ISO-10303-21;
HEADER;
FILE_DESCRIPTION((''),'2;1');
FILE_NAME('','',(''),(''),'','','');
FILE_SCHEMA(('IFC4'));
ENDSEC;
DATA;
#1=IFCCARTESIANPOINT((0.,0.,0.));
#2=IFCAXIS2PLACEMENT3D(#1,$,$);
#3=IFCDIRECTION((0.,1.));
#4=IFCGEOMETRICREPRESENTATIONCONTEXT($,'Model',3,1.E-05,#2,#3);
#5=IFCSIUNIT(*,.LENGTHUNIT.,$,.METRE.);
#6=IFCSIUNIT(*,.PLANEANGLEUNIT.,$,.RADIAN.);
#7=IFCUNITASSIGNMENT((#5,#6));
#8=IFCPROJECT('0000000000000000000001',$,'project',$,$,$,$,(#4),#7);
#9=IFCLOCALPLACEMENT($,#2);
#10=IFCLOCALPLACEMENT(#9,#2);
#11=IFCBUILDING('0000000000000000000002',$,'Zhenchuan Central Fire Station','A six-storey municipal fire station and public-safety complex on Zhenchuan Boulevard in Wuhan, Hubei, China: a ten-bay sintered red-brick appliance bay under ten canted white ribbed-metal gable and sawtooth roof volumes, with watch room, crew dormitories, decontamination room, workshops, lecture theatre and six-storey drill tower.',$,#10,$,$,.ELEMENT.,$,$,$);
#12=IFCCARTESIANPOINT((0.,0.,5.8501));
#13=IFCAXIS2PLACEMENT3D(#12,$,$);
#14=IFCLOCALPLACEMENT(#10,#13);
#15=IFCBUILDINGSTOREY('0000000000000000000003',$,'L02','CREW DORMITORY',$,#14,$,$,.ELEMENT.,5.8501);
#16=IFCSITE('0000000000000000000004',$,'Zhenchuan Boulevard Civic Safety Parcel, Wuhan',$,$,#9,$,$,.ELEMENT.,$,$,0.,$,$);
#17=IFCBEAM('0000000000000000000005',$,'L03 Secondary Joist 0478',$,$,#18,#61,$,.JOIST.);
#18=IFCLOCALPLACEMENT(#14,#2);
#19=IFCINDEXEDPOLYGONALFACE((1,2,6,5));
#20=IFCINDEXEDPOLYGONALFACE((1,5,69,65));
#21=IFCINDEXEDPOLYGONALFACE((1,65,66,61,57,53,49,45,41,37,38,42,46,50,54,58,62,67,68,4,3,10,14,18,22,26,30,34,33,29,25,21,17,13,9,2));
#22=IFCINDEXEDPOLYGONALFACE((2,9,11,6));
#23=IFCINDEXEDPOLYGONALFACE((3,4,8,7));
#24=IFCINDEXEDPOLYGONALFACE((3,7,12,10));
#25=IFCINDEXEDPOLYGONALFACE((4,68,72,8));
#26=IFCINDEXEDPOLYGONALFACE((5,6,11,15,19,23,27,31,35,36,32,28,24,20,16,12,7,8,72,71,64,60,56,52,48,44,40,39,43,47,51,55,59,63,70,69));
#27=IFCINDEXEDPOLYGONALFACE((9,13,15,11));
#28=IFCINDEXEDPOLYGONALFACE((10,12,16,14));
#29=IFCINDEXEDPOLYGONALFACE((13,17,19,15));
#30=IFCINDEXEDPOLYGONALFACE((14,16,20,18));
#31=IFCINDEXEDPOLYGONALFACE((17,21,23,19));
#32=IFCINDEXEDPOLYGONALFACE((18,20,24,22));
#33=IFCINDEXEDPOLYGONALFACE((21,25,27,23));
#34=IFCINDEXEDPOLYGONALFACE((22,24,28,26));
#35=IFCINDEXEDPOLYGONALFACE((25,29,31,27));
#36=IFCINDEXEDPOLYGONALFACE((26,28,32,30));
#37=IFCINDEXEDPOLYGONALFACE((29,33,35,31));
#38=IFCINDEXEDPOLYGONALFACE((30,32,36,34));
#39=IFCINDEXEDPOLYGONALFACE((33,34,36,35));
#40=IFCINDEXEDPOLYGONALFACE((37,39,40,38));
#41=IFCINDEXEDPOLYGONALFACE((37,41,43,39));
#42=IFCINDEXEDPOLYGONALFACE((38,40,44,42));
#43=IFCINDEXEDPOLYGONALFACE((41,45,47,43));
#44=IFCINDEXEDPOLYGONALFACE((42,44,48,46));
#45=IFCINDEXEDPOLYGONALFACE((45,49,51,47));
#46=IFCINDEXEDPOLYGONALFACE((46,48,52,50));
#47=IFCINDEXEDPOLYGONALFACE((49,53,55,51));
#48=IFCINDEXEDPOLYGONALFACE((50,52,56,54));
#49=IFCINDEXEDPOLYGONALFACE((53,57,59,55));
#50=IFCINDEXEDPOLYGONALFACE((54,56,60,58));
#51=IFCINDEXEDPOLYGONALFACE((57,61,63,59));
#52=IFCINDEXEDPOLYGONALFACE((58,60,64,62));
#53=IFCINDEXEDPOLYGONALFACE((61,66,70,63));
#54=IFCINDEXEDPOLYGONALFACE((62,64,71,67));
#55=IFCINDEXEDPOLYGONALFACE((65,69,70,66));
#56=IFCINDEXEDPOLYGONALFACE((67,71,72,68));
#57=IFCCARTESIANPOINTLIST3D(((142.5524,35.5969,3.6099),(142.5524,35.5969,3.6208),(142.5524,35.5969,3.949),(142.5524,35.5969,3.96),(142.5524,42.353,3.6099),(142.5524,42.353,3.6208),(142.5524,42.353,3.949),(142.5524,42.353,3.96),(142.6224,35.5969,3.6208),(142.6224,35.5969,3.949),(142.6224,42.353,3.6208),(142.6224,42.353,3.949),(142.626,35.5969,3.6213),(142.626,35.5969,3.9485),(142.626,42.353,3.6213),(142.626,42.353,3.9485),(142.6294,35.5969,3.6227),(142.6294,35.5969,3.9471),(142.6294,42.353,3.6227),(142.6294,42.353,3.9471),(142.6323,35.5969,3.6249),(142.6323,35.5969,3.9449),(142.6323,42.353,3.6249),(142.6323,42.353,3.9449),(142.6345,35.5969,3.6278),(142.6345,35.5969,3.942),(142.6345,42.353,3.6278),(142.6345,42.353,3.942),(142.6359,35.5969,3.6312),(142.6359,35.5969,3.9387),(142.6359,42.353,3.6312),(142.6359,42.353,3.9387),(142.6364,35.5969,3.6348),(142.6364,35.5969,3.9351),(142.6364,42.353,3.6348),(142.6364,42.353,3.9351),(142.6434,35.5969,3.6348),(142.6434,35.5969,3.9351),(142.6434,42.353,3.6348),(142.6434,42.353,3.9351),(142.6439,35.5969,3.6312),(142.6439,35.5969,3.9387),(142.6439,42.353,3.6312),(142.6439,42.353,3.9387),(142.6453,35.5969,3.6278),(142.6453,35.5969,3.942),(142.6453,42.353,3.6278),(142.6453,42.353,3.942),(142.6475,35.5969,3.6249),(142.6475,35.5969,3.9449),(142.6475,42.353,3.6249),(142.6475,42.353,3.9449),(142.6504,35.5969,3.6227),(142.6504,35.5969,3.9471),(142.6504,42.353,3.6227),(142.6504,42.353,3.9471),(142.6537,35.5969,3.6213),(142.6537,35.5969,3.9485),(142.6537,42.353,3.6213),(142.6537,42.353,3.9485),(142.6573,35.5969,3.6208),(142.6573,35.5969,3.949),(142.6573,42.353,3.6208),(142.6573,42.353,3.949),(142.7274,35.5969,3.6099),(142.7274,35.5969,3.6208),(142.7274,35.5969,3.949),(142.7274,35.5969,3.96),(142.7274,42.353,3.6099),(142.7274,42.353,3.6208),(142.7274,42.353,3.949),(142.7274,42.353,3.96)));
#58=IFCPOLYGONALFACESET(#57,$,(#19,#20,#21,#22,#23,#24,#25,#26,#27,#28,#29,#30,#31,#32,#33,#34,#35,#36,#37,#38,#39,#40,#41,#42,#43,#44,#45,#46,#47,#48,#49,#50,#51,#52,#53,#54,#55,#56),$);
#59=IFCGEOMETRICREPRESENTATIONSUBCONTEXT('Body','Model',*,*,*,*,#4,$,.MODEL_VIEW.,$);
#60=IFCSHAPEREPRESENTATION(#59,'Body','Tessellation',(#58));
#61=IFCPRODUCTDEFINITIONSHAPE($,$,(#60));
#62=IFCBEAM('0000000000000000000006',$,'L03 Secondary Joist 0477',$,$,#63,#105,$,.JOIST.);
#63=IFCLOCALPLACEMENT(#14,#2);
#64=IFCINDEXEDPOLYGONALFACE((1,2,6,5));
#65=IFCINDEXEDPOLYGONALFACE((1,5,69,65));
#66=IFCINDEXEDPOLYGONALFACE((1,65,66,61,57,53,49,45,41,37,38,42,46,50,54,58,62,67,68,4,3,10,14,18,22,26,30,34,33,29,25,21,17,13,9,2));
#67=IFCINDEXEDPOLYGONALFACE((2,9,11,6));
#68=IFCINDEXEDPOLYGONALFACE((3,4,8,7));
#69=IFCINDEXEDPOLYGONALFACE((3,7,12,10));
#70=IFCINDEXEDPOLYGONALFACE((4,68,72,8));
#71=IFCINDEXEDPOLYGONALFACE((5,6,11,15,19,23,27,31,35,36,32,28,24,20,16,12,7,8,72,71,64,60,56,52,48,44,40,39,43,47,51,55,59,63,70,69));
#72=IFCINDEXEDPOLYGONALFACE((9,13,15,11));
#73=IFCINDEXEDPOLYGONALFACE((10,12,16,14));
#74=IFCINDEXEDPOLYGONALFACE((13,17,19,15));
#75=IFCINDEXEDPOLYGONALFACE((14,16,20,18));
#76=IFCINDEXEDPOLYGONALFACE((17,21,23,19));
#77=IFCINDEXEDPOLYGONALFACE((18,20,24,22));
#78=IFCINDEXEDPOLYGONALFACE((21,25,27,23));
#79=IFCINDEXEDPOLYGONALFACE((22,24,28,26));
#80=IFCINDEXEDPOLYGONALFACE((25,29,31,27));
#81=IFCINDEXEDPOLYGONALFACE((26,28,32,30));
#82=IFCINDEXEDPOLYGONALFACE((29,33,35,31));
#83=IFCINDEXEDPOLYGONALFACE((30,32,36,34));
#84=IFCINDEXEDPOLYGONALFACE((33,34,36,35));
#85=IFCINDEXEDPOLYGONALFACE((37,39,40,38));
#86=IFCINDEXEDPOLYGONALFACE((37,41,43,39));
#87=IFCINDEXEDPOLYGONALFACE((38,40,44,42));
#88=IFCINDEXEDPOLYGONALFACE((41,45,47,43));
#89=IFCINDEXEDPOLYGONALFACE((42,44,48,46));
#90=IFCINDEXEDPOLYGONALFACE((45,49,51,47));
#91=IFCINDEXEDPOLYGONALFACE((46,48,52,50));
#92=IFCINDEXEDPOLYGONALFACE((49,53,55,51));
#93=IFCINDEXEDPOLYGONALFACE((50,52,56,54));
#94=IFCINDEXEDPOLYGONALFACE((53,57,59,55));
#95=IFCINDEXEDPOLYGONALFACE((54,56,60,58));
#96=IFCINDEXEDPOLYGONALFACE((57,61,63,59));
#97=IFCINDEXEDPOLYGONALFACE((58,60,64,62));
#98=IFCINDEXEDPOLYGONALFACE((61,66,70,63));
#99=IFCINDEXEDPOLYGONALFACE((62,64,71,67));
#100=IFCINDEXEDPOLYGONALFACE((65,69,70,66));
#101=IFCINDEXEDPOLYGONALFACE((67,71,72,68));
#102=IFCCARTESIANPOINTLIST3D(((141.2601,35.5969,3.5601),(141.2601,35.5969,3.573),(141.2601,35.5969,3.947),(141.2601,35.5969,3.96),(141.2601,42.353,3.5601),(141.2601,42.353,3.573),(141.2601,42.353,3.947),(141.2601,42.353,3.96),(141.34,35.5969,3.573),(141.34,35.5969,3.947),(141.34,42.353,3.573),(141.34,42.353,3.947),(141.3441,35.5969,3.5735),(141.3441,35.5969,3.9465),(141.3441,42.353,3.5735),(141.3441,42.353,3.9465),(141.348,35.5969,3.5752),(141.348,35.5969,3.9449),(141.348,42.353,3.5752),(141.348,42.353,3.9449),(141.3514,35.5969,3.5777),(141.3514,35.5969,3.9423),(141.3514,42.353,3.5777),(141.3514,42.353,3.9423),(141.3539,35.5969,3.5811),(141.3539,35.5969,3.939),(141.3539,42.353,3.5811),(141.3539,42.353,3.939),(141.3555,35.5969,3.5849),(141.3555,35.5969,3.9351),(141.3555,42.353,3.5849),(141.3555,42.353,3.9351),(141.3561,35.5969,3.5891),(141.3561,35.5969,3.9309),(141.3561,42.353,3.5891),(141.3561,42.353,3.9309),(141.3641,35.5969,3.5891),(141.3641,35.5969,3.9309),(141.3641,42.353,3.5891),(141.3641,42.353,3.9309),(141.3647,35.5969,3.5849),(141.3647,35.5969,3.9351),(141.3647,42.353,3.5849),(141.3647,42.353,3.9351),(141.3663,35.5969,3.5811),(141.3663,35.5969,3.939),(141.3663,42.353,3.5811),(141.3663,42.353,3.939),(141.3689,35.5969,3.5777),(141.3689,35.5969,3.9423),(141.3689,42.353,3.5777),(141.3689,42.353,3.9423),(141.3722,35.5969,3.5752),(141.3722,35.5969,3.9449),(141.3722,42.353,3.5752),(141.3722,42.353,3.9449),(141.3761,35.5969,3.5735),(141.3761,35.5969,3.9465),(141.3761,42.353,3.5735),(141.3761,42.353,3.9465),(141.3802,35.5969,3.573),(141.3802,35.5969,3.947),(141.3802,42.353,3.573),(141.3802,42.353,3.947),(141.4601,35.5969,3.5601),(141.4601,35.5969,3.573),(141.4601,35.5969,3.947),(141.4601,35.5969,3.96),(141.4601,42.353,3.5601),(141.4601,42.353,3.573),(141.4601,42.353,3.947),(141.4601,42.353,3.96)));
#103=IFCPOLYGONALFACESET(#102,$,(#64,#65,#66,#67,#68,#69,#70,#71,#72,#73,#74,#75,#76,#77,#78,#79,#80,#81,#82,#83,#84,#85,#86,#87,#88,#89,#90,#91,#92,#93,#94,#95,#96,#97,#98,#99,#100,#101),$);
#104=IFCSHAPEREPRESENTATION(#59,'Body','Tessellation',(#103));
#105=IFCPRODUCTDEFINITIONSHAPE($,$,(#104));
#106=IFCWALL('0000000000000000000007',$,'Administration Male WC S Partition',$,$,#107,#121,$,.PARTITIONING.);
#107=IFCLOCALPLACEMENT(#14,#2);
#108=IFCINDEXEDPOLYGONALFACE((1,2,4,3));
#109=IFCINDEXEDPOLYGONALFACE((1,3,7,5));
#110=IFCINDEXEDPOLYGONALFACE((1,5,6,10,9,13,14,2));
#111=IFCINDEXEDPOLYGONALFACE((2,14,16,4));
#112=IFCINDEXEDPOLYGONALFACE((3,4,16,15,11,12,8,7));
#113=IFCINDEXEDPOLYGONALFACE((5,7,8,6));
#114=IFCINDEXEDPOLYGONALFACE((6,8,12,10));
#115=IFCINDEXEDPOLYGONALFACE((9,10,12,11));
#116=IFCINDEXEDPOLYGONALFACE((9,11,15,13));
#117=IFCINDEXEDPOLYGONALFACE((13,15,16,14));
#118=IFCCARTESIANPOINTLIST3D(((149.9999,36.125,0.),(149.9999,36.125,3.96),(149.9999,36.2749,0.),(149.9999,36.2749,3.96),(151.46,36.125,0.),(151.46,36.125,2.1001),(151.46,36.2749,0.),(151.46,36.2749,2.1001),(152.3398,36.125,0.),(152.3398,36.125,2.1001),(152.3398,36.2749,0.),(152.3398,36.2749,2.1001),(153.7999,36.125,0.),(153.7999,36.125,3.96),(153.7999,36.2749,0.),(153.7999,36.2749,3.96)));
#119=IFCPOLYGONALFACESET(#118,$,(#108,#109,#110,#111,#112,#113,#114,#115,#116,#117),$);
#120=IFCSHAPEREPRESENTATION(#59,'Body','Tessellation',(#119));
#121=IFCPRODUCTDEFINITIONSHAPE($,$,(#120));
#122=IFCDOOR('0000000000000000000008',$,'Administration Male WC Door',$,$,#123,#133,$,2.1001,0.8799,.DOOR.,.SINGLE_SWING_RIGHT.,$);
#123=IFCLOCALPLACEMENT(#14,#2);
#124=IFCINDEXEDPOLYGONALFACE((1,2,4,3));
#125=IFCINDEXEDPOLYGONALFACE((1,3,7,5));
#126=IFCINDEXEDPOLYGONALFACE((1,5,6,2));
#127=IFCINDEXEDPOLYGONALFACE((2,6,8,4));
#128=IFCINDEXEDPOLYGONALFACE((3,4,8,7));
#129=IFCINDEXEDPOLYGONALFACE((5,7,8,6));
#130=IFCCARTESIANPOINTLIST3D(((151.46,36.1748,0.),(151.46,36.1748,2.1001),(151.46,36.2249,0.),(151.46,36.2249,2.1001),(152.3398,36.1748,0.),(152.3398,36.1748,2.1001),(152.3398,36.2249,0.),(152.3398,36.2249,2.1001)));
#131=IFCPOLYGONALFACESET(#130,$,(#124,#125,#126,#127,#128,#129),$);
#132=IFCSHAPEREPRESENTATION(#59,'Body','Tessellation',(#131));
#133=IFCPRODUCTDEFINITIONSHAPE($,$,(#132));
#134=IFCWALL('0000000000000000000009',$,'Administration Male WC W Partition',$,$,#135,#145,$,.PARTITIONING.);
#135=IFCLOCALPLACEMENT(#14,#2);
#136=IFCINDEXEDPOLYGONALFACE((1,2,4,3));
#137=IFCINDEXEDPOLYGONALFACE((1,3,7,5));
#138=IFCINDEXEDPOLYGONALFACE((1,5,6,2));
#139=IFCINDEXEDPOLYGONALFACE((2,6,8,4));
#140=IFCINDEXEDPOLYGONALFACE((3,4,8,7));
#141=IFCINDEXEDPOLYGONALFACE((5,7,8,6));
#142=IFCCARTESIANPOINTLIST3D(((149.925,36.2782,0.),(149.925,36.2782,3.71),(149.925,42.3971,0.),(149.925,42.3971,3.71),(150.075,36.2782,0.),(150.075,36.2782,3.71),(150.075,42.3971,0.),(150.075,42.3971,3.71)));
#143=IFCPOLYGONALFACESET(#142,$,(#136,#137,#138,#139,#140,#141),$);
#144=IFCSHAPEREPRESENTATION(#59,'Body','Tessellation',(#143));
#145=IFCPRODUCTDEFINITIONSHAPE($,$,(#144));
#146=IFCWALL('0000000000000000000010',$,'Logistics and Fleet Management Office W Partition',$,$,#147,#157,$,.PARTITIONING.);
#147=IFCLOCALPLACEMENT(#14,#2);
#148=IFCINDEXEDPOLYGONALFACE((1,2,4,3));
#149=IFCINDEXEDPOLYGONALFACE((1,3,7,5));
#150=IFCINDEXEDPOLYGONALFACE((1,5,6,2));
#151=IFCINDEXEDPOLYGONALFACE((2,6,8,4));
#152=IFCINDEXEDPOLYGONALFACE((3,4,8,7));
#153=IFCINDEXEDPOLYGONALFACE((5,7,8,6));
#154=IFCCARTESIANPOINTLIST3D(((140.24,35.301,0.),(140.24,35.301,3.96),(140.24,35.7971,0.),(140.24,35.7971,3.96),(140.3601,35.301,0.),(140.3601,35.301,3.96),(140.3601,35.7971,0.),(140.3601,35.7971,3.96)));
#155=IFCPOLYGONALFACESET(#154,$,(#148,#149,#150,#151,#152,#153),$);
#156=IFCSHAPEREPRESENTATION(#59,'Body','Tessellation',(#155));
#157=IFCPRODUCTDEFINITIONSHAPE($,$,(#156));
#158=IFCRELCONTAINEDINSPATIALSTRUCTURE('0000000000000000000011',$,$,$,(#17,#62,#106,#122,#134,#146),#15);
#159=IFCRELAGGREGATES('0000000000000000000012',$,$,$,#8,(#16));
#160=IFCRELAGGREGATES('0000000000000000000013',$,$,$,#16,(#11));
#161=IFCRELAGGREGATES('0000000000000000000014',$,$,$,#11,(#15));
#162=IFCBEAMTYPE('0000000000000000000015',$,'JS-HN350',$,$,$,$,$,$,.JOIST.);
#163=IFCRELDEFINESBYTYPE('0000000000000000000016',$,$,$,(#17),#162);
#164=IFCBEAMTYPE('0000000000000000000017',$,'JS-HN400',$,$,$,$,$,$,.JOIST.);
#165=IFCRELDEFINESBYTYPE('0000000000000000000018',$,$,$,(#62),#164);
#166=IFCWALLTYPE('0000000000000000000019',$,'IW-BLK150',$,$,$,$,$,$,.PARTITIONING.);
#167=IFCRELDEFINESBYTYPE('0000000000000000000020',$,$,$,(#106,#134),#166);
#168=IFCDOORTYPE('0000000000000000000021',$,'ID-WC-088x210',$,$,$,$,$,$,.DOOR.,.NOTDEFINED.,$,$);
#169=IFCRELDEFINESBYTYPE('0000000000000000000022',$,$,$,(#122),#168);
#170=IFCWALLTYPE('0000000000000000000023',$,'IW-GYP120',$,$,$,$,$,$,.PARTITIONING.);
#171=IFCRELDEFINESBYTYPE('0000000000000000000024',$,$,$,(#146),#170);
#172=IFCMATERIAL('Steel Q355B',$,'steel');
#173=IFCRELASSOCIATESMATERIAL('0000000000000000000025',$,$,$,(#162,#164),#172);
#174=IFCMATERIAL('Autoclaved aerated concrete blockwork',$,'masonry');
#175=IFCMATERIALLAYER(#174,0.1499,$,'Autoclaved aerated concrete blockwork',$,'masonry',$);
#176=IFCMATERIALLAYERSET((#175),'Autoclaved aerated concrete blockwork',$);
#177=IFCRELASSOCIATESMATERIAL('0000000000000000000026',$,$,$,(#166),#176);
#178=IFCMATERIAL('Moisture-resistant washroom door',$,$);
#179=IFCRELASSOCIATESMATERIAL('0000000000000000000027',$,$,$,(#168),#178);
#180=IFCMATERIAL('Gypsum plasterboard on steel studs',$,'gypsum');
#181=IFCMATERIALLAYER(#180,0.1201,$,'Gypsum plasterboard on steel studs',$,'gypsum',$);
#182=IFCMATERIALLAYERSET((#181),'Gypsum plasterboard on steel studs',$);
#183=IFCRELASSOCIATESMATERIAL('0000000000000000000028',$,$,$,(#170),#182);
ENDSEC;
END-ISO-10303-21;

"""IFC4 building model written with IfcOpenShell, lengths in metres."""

from ifc_helpers import new_model, si_unit, direction, frame, frame_2d, origin, origin_2d, place, context, subcontext, project, spatial, rectangle, i_section, extrude, material, layer, layer_set, material_profile, profile_set, type_object, element, fill, save


model = new_model("IFC4")

# Units and contexts
model_context = context("Model", 3, precision=1e-05, world=origin(), true_north=direction((0.0, 1.0)))
body_context = subcontext(model_context, "Body", "Model", "MODEL_VIEW")
ifc_project = project(units=[si_unit("LENGTHUNIT", "METRE"), si_unit("PLANEANGLEUNIT", "RADIAN")], contexts=[model_context])

# Site, building, storey
site_placement = place(None, origin())
site = spatial("IfcSite", under=ifc_project, at=site_placement, Name="Zhenchuan Boulevard Civic Safety Parcel, Wuhan", CompositionType="ELEMENT", RefElevation=0.0)
building_placement = place(site_placement, origin())
building = spatial("IfcBuilding", under=site, at=building_placement, Name="Zhenchuan Central Fire Station", Description="A six-storey municipal fire station and public-safety complex on Zhenchuan Boulevard in Wuhan, Hubei, China: a ten-bay sintered red-brick appliance bay under ten canted white ribbed-metal gable and sawtooth roof volumes, with watch room, crew dormitories, decontamination room, workshops, lecture theatre and six-storey drill tower.", CompositionType="ELEMENT")
storey_placement = place(building_placement, frame((0.0, 0.0, 5.8501)))
storey = spatial("IfcBuildingStorey", under=building, at=storey_placement, Name="L02", Description="CREW DORMITORY", CompositionType="ELEMENT", Elevation=5.8501)

# Shared definitions
ifc_material_1 = material(Name="Steel Q355B", Category="steel")

# Beams
ifc_material_profile_1 = material_profile(ifc_material_1, i_section(OverallWidth=0.175, OverallDepth=0.3501, WebThickness=0.0071, FlangeThickness=0.011, FilletRadius=0.0139, at=origin_2d()), Name="HN 350x175")
ifc_profile_set_1 = profile_set([ifc_material_profile_1], Name="Steel Q355B")
beam_type_1 = type_object("IfcBeamType", Name="JS-HN350", PredefinedType="JOIST", material=ifc_profile_set_1)
beam_1_placement = place(storey_placement, frame((142.6399, 35.5969, 3.7849), z_axis=(0.0, 1.0, 0.0), x_axis=(-1.0, 0.0, 0.0)))
element("IfcBeam", 1, at=beam_1_placement, inside=storey, type_object=beam_type_1, Name="L03 Secondary Joist 0478", PredefinedType="JOIST", context=body_context, shape_type="SweptSolid", body=[
    extrude(i_section(OverallWidth=0.175, OverallDepth=0.3501, WebThickness=0.0071, FlangeThickness=0.011, FilletRadius=0.0139, at=origin_2d()), origin(), (0.0, 0.0, 1.0), 6.7561),
])
ifc_material_profile_2 = material_profile(ifc_material_1, i_section(OverallWidth=0.2, OverallDepth=0.3999, WebThickness=0.0081, FlangeThickness=0.0129, FilletRadius=0.0161, at=origin_2d()), Name="HN 400x200")
ifc_profile_set_2 = profile_set([ifc_material_profile_2], Name="Steel Q355B")
beam_type_2 = type_object("IfcBeamType", Name="JS-HN400", PredefinedType="JOIST", material=ifc_profile_set_2)
beam_2_placement = place(storey_placement, frame((141.3601, 35.5969, 3.76), z_axis=(0.0, 1.0, 0.0), x_axis=(-1.0, 0.0, 0.0)))
element("IfcBeam", 2, at=beam_2_placement, inside=storey, type_object=beam_type_2, Name="L03 Secondary Joist 0477", PredefinedType="JOIST", context=body_context, shape_type="SweptSolid", body=[
    extrude(i_section(OverallWidth=0.2, OverallDepth=0.3999, WebThickness=0.0081, FlangeThickness=0.0129, FilletRadius=0.0161, at=origin_2d()), origin(), (0.0, 0.0, 1.0), 6.7561),
])

# Wall, opening, door
ifc_material_2 = material(Name="Autoclaved aerated concrete blockwork", Category="masonry")
ifc_layer_1 = layer(ifc_material_2, 0.1499, Name="Autoclaved aerated concrete blockwork", Category="masonry")
ifc_layer_set_1 = layer_set([ifc_layer_1], Name="Autoclaved aerated concrete blockwork")
wall_type_1 = type_object("IfcWallType", Name="IW-BLK150", PredefinedType="PARTITIONING", material=ifc_layer_set_1)
wall_1_placement = place(storey_placement, frame((150.0, 36.2, 0.0), z_axis=(0.0, 0.0, 1.0), x_axis=(1.0, 0.0, 0.0)))
wall_1 = element("IfcWall", 3, at=wall_1_placement, inside=storey, type_object=wall_type_1, Name="Administration Male WC S Partition", PredefinedType="PARTITIONING", context=body_context, shape_type="SweptSolid", body=[
    extrude(rectangle(XDim=3.8, YDim=0.1499, at=frame_2d((1.8999, 0.0))), origin(), (0.0, 0.0, 1.0), 3.96),
])
opening_1_placement = place(wall_1_placement, frame((1.46, 0.0, 0.0)))
opening_1 = element("IfcOpeningElement", 4, at=opening_1_placement, cuts=wall_1, PredefinedType="OPENING", context=body_context, shape_type="SweptSolid", body=[
    extrude(rectangle(XDim=0.8799, YDim=2.1001, at=frame_2d((0.4399, 1.05))), frame((0.0, 0.085, 0.0), z_axis=(0.0, -1.0, 0.0), x_axis=(1.0, 0.0, 0.0)), (0.0, 0.0, 1.0), 0.1699),
])
ifc_material_3 = material(Name="Moisture-resistant washroom door")
door_type_1 = type_object("IfcDoorType", Name="ID-WC-088x210", OperationType="NOTDEFINED", PredefinedType="DOOR", material=ifc_material_3)
door_1_placement = place(opening_1_placement, origin())
door_1 = element("IfcDoor", 5, at=door_1_placement, inside=storey, type_object=door_type_1, Name="Administration Male WC Door", OperationType="SINGLE_SWING_RIGHT", OverallHeight=2.1001, OverallWidth=0.8799, PredefinedType="DOOR", context=body_context, shape_type="SweptSolid", body=[
    extrude(rectangle(XDim=0.8799, YDim=2.1001, at=frame_2d((0.4399, 1.05))), frame((0.0, 0.0249, 0.0), z_axis=(0.0, -1.0, 0.0), x_axis=(1.0, 0.0, 0.0)), (0.0, 0.0, 1.0), 0.05),
])
fill(opening_1, door_1)

# Walls
wall_2_placement = place(storey_placement, frame((150.0, 36.2781, 0.0), z_axis=(0.0, 0.0, 1.0), x_axis=(0.0, 1.0, 0.0)))
element("IfcWall", 6, at=wall_2_placement, inside=storey, type_object=wall_type_1, Name="Administration Male WC W Partition", PredefinedType="PARTITIONING", context=body_context, shape_type="SweptSolid", body=[
    extrude(rectangle(XDim=6.1189, YDim=0.1499, at=frame_2d((3.0596, 0.0))), origin(), (0.0, 0.0, 1.0), 3.71),
])
ifc_material_4 = material(Name="Gypsum plasterboard on steel studs", Category="gypsum")
ifc_layer_2 = layer(ifc_material_4, 0.1201, Name="Gypsum plasterboard on steel studs", Category="gypsum")
ifc_layer_set_2 = layer_set([ifc_layer_2], Name="Gypsum plasterboard on steel studs")
wall_type_2 = type_object("IfcWallType", Name="IW-GYP120", PredefinedType="PARTITIONING", material=ifc_layer_set_2)
wall_3_placement = place(storey_placement, frame((140.3, 35.301, 0.0), z_axis=(0.0, 0.0, 1.0), x_axis=(0.0, 1.0, 0.0)))
element("IfcWall", 7, at=wall_3_placement, inside=storey, type_object=wall_type_2, Name="Logistics and Fleet Management Office W Partition", PredefinedType="PARTITIONING", context=body_context, shape_type="SweptSolid", body=[
    extrude(rectangle(XDim=0.4961, YDim=0.1201, at=frame_2d((0.248, 0.0))), origin(), (0.0, 0.0, 1.0), 3.96),
])

save(model, "model.ifc")
